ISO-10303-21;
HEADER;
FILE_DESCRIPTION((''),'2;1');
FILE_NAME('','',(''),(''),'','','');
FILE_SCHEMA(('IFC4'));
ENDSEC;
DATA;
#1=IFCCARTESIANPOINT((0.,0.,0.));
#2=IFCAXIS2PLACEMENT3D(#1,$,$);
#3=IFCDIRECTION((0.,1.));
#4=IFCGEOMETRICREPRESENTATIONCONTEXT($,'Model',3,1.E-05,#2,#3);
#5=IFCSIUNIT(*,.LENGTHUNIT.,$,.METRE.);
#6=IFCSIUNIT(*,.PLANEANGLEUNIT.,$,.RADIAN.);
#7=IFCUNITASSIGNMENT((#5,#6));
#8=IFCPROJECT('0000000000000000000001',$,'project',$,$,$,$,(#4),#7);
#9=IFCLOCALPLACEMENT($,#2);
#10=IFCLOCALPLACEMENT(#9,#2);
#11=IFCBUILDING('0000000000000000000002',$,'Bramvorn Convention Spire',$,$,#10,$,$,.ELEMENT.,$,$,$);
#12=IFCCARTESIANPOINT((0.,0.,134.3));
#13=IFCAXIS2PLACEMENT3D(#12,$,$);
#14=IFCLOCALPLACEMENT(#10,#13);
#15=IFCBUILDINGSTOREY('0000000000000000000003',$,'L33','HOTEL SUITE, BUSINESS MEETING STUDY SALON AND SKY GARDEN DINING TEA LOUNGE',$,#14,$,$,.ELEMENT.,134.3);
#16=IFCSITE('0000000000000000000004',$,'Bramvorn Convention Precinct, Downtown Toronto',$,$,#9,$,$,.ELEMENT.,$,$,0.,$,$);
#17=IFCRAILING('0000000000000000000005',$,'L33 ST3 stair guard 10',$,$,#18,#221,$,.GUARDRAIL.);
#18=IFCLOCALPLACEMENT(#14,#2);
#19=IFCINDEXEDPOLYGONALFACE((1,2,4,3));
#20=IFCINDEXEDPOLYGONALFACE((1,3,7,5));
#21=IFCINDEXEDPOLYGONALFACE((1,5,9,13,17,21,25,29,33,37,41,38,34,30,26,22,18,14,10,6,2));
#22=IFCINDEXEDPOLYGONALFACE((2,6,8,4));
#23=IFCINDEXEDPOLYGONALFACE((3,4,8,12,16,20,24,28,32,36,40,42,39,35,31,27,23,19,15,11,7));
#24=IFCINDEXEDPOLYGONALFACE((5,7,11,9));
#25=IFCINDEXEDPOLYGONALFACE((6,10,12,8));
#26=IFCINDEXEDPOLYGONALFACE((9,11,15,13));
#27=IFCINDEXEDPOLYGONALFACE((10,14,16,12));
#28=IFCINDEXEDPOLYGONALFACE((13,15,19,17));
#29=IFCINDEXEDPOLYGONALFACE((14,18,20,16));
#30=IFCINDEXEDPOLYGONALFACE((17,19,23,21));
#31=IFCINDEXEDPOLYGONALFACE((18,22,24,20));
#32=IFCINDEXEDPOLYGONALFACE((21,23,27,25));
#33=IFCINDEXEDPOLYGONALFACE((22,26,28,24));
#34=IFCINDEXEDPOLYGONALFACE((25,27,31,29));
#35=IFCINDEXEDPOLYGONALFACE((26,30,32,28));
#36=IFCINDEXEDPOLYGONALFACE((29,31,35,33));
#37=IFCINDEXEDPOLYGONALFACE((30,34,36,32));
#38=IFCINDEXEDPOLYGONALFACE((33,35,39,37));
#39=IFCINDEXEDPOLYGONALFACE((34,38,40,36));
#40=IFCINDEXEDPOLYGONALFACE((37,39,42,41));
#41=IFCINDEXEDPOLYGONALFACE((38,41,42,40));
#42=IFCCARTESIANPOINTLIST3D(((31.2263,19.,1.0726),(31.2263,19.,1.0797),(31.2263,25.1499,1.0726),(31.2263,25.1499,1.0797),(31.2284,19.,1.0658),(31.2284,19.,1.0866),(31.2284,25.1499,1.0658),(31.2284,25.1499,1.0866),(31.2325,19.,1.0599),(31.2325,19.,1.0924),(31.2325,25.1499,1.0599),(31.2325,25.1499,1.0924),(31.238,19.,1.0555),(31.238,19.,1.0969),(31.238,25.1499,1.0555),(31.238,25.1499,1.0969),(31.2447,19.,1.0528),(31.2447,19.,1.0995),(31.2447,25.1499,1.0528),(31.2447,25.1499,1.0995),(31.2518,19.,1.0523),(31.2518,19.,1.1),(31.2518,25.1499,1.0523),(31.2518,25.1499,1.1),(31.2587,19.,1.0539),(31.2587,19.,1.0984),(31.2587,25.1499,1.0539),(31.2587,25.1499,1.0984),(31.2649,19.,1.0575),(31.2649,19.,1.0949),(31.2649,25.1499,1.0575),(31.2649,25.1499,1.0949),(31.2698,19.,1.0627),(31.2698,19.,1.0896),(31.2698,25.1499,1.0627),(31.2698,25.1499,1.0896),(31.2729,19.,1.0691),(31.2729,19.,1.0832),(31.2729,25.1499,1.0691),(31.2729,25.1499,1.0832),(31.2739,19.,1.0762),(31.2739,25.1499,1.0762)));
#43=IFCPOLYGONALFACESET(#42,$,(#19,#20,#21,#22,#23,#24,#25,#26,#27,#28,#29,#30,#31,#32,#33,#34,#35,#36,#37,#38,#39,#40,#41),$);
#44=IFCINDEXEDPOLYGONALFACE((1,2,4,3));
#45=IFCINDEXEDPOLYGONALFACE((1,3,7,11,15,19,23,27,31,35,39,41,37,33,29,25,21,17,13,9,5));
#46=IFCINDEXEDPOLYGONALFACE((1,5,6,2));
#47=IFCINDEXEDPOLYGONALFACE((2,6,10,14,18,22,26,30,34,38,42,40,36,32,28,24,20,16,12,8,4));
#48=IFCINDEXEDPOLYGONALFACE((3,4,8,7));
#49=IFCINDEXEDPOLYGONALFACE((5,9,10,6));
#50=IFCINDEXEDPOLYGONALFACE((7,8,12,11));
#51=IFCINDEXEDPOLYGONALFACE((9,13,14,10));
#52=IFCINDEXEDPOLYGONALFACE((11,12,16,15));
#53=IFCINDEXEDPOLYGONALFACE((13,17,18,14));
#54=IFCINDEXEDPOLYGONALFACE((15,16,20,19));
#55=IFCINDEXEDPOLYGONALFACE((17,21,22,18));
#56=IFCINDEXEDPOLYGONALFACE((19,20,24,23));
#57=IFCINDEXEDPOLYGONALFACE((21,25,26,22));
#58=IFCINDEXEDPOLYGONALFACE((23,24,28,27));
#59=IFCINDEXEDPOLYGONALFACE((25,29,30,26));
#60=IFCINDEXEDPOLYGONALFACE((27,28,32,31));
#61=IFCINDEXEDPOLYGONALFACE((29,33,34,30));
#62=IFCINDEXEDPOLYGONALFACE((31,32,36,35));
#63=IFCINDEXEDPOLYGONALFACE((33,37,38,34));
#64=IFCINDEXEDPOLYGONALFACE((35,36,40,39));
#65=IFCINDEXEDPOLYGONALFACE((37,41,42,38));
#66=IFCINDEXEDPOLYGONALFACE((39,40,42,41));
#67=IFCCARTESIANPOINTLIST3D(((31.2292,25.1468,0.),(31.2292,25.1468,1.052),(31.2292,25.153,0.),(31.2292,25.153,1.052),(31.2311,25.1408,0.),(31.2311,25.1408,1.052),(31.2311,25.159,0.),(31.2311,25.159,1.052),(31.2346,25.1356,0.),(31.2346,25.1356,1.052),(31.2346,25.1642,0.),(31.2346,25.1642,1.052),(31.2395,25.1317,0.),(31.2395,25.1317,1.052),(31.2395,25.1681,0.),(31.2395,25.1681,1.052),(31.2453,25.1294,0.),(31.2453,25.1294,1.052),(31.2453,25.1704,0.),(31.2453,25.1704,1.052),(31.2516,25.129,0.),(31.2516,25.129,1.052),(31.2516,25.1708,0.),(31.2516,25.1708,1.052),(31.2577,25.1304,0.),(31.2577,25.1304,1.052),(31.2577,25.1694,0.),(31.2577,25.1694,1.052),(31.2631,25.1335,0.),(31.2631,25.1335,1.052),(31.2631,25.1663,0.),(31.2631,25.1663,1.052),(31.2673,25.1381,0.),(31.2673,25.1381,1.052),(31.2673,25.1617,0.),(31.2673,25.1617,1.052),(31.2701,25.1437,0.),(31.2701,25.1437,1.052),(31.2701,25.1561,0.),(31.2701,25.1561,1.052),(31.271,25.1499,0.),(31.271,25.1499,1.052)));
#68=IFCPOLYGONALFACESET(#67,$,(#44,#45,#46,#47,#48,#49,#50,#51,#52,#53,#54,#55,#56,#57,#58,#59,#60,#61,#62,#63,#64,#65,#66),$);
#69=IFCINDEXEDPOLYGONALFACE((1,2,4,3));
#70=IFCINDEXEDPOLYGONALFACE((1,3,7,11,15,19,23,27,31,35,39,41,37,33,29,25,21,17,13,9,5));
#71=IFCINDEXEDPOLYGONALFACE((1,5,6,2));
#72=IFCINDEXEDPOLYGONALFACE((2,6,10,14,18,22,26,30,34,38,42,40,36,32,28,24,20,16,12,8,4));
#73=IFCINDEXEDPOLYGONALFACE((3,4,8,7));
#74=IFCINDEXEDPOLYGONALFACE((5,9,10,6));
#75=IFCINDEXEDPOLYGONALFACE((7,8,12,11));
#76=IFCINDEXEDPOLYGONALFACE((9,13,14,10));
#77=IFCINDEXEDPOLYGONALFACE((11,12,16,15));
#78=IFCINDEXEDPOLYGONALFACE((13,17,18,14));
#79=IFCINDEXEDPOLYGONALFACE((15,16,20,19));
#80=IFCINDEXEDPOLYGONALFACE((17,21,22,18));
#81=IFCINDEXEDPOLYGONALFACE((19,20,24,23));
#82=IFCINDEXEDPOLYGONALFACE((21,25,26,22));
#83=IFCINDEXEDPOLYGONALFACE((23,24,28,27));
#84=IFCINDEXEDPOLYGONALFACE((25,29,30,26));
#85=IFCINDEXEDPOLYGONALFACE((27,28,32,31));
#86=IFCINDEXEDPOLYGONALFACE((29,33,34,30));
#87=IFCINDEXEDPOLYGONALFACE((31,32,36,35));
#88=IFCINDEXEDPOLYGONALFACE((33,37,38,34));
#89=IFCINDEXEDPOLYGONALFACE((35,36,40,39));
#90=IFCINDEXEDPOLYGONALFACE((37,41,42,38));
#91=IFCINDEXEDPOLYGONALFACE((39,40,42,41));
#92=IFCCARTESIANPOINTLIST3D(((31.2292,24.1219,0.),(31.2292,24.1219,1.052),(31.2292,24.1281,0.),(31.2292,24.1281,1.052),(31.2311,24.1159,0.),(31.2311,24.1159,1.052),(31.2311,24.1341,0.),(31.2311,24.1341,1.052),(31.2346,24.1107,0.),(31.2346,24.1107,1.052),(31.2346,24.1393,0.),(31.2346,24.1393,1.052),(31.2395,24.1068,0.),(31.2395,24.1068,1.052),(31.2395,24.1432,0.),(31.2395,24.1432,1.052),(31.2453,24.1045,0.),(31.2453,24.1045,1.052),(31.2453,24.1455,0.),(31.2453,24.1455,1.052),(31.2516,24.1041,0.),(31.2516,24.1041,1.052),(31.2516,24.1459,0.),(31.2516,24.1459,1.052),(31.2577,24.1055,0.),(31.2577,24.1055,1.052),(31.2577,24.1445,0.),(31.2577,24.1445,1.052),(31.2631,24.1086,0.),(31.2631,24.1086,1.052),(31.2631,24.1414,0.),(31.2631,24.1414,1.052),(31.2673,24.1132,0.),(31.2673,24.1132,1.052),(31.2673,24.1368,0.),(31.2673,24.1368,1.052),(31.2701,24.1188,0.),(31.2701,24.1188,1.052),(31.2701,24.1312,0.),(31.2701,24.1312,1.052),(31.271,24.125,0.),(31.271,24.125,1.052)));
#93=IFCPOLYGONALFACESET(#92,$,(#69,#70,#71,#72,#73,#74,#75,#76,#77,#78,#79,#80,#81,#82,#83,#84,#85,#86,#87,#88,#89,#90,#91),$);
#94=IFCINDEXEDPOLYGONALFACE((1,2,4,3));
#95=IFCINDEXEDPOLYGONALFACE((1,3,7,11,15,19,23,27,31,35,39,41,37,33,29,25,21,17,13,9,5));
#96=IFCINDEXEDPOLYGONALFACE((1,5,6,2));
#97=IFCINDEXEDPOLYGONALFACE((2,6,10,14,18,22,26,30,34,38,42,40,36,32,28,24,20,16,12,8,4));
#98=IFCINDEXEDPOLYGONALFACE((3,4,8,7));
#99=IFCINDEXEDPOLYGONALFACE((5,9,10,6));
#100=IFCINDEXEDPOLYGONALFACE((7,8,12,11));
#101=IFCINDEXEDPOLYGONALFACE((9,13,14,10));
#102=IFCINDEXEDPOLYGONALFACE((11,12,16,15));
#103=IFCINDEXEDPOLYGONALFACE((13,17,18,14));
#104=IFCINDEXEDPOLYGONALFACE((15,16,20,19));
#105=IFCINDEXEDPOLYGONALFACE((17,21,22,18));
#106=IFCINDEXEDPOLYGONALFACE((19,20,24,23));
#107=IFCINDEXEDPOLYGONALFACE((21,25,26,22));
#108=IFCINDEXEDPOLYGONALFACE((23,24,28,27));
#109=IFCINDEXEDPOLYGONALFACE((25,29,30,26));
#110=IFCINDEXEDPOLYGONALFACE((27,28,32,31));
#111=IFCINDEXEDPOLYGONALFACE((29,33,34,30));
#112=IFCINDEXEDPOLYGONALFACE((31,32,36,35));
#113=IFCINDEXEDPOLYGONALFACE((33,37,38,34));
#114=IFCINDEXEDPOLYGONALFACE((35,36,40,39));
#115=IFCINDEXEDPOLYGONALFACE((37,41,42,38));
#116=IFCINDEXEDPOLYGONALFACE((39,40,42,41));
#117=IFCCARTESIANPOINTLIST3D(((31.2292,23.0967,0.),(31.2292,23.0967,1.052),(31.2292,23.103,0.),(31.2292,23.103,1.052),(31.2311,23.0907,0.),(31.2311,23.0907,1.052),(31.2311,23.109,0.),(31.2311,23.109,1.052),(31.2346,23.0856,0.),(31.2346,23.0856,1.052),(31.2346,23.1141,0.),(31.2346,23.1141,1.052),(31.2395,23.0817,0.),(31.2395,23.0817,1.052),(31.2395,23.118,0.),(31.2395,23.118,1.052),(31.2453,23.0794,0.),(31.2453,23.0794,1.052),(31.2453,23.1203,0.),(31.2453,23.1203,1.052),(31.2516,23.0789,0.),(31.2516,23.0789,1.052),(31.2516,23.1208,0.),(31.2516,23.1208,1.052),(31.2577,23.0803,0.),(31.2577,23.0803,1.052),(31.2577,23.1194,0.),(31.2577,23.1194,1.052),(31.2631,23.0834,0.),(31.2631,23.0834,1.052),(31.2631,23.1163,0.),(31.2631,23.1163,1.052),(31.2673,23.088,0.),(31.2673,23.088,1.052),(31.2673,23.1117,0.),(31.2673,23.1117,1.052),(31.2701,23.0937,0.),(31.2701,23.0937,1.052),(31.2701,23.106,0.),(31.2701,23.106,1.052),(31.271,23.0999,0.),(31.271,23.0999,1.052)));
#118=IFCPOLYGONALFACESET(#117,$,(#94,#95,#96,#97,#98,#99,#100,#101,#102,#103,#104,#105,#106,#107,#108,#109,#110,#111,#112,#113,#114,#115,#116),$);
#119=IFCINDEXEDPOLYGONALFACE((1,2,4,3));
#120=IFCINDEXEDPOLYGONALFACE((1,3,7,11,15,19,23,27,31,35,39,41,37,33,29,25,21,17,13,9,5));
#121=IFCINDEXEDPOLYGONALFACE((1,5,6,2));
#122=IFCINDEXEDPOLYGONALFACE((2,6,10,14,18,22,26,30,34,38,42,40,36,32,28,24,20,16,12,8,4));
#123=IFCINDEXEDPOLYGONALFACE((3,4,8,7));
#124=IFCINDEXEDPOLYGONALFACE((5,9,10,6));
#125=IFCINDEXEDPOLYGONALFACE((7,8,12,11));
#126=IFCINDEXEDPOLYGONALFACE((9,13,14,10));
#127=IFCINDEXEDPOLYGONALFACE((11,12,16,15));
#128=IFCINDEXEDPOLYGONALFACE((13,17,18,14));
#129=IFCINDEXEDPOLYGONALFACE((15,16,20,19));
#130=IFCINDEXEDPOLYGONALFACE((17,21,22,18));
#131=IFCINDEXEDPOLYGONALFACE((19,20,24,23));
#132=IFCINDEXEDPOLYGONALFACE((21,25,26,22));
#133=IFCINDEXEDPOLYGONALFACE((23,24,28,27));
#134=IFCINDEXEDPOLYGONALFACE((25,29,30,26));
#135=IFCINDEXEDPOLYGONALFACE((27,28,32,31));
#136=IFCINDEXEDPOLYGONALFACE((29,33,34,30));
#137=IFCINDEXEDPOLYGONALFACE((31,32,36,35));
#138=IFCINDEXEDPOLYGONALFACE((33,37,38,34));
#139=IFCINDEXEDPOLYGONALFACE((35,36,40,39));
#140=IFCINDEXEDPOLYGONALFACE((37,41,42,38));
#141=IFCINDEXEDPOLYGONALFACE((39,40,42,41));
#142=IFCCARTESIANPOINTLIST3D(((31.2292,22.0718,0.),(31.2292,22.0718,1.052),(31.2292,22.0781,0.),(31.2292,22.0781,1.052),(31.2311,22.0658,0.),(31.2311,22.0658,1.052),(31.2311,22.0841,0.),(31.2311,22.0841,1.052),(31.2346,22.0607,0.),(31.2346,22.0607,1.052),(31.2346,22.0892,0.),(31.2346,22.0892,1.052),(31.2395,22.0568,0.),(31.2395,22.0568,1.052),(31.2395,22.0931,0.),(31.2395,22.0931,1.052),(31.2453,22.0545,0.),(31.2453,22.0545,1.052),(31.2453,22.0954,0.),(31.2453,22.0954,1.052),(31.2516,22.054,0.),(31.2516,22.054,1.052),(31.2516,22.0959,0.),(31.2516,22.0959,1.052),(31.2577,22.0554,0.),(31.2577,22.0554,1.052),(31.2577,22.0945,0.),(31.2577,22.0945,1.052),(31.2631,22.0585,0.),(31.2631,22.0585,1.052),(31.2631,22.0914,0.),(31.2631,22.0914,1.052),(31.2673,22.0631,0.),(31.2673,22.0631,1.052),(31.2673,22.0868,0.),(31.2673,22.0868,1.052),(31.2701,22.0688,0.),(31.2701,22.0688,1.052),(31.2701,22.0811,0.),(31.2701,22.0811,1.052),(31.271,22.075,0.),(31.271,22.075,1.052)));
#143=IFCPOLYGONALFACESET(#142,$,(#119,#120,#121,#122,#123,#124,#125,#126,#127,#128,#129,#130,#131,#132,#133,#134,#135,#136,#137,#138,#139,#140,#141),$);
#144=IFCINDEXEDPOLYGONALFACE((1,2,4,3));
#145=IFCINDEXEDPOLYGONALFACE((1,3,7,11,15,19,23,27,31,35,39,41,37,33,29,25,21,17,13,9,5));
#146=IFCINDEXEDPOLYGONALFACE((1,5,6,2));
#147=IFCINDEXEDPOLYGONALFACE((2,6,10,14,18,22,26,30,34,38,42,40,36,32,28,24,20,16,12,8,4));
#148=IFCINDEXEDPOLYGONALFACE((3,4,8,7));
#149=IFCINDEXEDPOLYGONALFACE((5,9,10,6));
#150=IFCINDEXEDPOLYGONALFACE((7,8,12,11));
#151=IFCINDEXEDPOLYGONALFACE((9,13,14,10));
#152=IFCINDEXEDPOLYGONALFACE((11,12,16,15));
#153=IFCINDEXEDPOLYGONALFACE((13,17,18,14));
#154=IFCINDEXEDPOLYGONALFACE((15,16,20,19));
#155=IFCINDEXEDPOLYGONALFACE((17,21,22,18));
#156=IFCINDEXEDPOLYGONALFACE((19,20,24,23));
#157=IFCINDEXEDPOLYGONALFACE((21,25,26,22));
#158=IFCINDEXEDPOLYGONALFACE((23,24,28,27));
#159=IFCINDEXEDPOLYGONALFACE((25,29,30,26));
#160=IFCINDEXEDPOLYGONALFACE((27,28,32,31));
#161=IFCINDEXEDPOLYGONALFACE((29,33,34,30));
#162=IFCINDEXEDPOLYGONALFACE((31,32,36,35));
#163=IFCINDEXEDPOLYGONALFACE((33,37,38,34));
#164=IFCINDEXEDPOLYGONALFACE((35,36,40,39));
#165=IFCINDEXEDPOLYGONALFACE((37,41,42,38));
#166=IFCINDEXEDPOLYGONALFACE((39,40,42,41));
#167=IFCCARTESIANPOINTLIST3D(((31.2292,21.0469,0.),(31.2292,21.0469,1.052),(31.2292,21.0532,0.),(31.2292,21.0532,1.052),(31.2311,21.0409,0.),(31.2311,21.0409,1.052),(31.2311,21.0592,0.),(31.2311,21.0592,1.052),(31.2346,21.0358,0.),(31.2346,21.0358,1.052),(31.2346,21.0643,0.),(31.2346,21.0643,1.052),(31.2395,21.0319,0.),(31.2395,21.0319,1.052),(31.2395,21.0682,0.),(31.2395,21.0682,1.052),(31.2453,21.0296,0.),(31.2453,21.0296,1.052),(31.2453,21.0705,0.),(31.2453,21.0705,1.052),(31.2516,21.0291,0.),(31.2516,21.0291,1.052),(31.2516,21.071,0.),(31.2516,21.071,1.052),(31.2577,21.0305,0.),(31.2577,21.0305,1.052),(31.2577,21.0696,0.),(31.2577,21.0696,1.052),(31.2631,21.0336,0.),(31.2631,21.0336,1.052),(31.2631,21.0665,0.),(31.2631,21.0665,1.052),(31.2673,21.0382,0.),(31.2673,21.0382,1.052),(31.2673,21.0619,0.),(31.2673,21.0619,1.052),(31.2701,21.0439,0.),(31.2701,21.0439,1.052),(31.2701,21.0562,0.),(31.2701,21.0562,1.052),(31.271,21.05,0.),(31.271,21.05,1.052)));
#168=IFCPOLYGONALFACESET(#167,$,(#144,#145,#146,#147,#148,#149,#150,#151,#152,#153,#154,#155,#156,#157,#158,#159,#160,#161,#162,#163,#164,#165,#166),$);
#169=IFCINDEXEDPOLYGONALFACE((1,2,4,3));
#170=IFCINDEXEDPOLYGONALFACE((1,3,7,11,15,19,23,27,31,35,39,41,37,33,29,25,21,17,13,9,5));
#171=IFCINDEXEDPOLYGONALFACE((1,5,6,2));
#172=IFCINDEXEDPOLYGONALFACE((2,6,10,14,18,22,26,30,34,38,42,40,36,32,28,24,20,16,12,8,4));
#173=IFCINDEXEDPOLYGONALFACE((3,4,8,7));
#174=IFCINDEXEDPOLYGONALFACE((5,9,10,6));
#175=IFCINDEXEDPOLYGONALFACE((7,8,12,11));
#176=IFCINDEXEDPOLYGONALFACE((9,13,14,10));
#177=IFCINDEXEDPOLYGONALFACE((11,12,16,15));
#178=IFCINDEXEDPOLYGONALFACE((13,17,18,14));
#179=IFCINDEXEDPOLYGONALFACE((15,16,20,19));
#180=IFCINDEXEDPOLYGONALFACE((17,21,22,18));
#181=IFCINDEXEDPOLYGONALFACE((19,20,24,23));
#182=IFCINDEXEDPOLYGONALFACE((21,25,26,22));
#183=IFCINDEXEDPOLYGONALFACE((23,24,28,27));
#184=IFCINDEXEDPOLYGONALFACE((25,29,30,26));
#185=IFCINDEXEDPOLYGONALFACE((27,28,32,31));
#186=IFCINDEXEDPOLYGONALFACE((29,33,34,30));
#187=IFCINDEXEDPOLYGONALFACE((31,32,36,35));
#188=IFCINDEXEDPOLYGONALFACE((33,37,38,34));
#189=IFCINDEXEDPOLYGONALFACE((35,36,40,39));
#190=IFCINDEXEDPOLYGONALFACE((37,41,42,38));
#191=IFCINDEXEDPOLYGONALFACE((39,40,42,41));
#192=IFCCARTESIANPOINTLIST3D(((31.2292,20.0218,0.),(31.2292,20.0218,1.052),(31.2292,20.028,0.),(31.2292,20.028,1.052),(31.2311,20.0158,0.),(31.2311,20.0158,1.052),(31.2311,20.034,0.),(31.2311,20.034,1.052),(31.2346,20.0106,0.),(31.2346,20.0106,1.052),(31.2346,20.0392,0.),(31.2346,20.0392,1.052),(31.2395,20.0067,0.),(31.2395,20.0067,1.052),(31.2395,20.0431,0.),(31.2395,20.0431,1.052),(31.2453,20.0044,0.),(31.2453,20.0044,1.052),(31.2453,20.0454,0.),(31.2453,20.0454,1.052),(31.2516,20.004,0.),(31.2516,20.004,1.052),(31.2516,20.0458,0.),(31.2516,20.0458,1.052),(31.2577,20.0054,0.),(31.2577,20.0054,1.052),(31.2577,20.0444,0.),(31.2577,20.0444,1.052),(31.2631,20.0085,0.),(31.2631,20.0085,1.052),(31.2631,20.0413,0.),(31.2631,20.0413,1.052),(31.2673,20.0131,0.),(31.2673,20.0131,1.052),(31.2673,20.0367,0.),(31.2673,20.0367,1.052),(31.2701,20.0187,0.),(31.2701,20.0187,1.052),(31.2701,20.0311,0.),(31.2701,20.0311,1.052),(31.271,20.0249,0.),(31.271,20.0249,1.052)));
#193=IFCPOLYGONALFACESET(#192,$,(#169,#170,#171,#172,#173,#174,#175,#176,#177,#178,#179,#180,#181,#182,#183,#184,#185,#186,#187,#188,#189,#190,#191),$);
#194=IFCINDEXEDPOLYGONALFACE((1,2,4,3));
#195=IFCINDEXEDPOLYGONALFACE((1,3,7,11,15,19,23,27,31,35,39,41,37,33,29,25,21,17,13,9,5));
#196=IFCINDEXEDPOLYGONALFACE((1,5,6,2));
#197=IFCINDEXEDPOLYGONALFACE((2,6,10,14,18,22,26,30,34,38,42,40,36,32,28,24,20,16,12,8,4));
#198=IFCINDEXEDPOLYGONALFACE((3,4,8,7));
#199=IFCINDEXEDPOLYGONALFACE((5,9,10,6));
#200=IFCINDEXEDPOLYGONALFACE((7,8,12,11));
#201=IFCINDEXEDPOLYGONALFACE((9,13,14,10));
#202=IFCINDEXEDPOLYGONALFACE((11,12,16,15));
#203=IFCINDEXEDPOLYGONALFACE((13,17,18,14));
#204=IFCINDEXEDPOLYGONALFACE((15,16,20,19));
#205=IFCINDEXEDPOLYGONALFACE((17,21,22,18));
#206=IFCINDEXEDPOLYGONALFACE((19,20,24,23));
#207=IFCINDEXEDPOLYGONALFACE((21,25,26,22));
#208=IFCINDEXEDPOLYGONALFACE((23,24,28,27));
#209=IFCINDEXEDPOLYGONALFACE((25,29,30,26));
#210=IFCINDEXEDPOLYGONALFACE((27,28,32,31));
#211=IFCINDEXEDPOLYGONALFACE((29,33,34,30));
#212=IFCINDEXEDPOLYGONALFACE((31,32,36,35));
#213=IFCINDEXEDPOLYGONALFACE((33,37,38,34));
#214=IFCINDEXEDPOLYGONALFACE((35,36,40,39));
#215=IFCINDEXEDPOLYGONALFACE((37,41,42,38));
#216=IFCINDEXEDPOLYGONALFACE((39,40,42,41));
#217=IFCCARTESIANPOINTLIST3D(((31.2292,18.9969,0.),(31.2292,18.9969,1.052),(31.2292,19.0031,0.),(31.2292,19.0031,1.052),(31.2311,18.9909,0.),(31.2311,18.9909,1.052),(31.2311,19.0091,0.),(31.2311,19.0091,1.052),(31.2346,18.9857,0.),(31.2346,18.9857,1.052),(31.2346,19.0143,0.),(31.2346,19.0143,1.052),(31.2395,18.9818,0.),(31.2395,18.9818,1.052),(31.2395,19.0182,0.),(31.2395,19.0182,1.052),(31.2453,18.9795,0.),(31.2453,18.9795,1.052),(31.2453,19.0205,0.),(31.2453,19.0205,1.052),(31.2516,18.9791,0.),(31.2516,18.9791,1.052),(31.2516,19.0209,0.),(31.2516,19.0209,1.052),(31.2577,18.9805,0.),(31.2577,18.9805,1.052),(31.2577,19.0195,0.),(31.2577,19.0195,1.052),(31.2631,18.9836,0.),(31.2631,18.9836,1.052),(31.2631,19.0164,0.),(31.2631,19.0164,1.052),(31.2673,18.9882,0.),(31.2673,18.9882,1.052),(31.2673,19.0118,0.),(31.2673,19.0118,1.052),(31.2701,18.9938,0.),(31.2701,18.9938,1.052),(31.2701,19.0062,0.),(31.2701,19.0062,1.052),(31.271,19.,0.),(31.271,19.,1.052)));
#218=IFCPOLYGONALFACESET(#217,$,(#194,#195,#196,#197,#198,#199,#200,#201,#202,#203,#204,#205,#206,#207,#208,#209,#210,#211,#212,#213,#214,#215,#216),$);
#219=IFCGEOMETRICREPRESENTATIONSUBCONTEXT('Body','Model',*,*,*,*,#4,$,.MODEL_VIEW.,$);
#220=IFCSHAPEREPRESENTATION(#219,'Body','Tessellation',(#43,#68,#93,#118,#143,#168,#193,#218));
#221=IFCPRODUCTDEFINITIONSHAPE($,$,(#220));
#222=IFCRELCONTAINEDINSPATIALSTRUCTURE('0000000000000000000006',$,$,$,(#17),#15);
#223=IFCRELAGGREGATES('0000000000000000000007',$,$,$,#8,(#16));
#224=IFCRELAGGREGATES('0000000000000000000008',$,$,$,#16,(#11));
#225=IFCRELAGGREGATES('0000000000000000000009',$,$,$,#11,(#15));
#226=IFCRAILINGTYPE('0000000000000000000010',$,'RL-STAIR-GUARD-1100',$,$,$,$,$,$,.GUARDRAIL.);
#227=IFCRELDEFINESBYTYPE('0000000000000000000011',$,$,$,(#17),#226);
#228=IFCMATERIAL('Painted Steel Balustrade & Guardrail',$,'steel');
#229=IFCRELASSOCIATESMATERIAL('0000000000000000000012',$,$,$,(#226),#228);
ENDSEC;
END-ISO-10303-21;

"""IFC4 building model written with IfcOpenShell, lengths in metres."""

from ifc_helpers import new_model, si_unit, direction, frame, origin, origin_2d, place, context, subcontext, project, spatial, circle, extrude, material, type_object, element, save


model = new_model("IFC4")

# Units and contexts
model_context = context("Model", 3, precision=1e-05, world=origin(), true_north=direction((0.0, 1.0)))
body_context = subcontext(model_context, "Body", "Model", "MODEL_VIEW")
ifc_project = project(units=[si_unit("LENGTHUNIT", "METRE"), si_unit("PLANEANGLEUNIT", "RADIAN")], contexts=[model_context])

# Site, building, storey
site_placement = place(None, origin())
site = spatial("IfcSite", under=ifc_project, at=site_placement, Name="Bramvorn Convention Precinct, Downtown Toronto", CompositionType="ELEMENT", RefElevation=0.0)
building_placement = place(site_placement, origin())
building = spatial("IfcBuilding", under=site, at=building_placement, Name="Bramvorn Convention Spire", CompositionType="ELEMENT")
storey_placement = place(building_placement, frame((0.0, 0.0, 134.3)))
storey = spatial("IfcBuildingStorey", under=building, at=storey_placement, Name="L33", Description="HOTEL SUITE, BUSINESS MEETING STUDY SALON AND SKY GARDEN DINING TEA LOUNGE", CompositionType="ELEMENT", Elevation=134.3)

# Railing
ifc_material_1 = material(Name="Painted Steel Balustrade & Guardrail", Category="steel")
railing_type_1 = type_object("IfcRailingType", Name="RL-STAIR-GUARD-1100", PredefinedType="GUARDRAIL", material=ifc_material_1)
railing_1_placement = place(storey_placement, frame((31.25, 25.1499, 0.0)))
element("IfcRailing", 1, at=railing_1_placement, inside=storey, type_object=railing_type_1, Name="L33 ST3 stair guard 10", PredefinedType="GUARDRAIL", context=body_context, shape_type="SweptSolid", body=[
    extrude(circle(Radius=0.0239, at=origin_2d()), frame((0.0, 0.0, 1.0762), z_axis=(0.0, -1.0, 0.0), x_axis=(1.0, 0.0, 0.0)), (0.0, 0.0, 1.0), 6.1499),
    extrude(circle(Radius=0.021, at=origin_2d()), origin(), (0.0, 0.0, 1.0), 1.052),
    extrude(circle(Radius=0.021, at=origin_2d()), frame((0.0, -1.0249, 0.0)), (0.0, 0.0, 1.0), 1.052),
    extrude(circle(Radius=0.021, at=origin_2d()), frame((0.0, -2.05, 0.0)), (0.0, 0.0, 1.0), 1.052),
    extrude(circle(Radius=0.021, at=origin_2d()), frame((0.0, -3.075, 0.0)), (0.0, 0.0, 1.0), 1.052),
    extrude(circle(Radius=0.021, at=origin_2d()), frame((0.0, -4.0999, 0.0)), (0.0, 0.0, 1.0), 1.052),
    extrude(circle(Radius=0.021, at=origin_2d()), frame((0.0, -5.125, 0.0)), (0.0, 0.0, 1.0), 1.052),
    extrude(circle(Radius=0.021, at=origin_2d()), frame((0.0, -6.1499, 0.0)), (0.0, 0.0, 1.0), 1.052),
])

save(model, "model.ifc")
